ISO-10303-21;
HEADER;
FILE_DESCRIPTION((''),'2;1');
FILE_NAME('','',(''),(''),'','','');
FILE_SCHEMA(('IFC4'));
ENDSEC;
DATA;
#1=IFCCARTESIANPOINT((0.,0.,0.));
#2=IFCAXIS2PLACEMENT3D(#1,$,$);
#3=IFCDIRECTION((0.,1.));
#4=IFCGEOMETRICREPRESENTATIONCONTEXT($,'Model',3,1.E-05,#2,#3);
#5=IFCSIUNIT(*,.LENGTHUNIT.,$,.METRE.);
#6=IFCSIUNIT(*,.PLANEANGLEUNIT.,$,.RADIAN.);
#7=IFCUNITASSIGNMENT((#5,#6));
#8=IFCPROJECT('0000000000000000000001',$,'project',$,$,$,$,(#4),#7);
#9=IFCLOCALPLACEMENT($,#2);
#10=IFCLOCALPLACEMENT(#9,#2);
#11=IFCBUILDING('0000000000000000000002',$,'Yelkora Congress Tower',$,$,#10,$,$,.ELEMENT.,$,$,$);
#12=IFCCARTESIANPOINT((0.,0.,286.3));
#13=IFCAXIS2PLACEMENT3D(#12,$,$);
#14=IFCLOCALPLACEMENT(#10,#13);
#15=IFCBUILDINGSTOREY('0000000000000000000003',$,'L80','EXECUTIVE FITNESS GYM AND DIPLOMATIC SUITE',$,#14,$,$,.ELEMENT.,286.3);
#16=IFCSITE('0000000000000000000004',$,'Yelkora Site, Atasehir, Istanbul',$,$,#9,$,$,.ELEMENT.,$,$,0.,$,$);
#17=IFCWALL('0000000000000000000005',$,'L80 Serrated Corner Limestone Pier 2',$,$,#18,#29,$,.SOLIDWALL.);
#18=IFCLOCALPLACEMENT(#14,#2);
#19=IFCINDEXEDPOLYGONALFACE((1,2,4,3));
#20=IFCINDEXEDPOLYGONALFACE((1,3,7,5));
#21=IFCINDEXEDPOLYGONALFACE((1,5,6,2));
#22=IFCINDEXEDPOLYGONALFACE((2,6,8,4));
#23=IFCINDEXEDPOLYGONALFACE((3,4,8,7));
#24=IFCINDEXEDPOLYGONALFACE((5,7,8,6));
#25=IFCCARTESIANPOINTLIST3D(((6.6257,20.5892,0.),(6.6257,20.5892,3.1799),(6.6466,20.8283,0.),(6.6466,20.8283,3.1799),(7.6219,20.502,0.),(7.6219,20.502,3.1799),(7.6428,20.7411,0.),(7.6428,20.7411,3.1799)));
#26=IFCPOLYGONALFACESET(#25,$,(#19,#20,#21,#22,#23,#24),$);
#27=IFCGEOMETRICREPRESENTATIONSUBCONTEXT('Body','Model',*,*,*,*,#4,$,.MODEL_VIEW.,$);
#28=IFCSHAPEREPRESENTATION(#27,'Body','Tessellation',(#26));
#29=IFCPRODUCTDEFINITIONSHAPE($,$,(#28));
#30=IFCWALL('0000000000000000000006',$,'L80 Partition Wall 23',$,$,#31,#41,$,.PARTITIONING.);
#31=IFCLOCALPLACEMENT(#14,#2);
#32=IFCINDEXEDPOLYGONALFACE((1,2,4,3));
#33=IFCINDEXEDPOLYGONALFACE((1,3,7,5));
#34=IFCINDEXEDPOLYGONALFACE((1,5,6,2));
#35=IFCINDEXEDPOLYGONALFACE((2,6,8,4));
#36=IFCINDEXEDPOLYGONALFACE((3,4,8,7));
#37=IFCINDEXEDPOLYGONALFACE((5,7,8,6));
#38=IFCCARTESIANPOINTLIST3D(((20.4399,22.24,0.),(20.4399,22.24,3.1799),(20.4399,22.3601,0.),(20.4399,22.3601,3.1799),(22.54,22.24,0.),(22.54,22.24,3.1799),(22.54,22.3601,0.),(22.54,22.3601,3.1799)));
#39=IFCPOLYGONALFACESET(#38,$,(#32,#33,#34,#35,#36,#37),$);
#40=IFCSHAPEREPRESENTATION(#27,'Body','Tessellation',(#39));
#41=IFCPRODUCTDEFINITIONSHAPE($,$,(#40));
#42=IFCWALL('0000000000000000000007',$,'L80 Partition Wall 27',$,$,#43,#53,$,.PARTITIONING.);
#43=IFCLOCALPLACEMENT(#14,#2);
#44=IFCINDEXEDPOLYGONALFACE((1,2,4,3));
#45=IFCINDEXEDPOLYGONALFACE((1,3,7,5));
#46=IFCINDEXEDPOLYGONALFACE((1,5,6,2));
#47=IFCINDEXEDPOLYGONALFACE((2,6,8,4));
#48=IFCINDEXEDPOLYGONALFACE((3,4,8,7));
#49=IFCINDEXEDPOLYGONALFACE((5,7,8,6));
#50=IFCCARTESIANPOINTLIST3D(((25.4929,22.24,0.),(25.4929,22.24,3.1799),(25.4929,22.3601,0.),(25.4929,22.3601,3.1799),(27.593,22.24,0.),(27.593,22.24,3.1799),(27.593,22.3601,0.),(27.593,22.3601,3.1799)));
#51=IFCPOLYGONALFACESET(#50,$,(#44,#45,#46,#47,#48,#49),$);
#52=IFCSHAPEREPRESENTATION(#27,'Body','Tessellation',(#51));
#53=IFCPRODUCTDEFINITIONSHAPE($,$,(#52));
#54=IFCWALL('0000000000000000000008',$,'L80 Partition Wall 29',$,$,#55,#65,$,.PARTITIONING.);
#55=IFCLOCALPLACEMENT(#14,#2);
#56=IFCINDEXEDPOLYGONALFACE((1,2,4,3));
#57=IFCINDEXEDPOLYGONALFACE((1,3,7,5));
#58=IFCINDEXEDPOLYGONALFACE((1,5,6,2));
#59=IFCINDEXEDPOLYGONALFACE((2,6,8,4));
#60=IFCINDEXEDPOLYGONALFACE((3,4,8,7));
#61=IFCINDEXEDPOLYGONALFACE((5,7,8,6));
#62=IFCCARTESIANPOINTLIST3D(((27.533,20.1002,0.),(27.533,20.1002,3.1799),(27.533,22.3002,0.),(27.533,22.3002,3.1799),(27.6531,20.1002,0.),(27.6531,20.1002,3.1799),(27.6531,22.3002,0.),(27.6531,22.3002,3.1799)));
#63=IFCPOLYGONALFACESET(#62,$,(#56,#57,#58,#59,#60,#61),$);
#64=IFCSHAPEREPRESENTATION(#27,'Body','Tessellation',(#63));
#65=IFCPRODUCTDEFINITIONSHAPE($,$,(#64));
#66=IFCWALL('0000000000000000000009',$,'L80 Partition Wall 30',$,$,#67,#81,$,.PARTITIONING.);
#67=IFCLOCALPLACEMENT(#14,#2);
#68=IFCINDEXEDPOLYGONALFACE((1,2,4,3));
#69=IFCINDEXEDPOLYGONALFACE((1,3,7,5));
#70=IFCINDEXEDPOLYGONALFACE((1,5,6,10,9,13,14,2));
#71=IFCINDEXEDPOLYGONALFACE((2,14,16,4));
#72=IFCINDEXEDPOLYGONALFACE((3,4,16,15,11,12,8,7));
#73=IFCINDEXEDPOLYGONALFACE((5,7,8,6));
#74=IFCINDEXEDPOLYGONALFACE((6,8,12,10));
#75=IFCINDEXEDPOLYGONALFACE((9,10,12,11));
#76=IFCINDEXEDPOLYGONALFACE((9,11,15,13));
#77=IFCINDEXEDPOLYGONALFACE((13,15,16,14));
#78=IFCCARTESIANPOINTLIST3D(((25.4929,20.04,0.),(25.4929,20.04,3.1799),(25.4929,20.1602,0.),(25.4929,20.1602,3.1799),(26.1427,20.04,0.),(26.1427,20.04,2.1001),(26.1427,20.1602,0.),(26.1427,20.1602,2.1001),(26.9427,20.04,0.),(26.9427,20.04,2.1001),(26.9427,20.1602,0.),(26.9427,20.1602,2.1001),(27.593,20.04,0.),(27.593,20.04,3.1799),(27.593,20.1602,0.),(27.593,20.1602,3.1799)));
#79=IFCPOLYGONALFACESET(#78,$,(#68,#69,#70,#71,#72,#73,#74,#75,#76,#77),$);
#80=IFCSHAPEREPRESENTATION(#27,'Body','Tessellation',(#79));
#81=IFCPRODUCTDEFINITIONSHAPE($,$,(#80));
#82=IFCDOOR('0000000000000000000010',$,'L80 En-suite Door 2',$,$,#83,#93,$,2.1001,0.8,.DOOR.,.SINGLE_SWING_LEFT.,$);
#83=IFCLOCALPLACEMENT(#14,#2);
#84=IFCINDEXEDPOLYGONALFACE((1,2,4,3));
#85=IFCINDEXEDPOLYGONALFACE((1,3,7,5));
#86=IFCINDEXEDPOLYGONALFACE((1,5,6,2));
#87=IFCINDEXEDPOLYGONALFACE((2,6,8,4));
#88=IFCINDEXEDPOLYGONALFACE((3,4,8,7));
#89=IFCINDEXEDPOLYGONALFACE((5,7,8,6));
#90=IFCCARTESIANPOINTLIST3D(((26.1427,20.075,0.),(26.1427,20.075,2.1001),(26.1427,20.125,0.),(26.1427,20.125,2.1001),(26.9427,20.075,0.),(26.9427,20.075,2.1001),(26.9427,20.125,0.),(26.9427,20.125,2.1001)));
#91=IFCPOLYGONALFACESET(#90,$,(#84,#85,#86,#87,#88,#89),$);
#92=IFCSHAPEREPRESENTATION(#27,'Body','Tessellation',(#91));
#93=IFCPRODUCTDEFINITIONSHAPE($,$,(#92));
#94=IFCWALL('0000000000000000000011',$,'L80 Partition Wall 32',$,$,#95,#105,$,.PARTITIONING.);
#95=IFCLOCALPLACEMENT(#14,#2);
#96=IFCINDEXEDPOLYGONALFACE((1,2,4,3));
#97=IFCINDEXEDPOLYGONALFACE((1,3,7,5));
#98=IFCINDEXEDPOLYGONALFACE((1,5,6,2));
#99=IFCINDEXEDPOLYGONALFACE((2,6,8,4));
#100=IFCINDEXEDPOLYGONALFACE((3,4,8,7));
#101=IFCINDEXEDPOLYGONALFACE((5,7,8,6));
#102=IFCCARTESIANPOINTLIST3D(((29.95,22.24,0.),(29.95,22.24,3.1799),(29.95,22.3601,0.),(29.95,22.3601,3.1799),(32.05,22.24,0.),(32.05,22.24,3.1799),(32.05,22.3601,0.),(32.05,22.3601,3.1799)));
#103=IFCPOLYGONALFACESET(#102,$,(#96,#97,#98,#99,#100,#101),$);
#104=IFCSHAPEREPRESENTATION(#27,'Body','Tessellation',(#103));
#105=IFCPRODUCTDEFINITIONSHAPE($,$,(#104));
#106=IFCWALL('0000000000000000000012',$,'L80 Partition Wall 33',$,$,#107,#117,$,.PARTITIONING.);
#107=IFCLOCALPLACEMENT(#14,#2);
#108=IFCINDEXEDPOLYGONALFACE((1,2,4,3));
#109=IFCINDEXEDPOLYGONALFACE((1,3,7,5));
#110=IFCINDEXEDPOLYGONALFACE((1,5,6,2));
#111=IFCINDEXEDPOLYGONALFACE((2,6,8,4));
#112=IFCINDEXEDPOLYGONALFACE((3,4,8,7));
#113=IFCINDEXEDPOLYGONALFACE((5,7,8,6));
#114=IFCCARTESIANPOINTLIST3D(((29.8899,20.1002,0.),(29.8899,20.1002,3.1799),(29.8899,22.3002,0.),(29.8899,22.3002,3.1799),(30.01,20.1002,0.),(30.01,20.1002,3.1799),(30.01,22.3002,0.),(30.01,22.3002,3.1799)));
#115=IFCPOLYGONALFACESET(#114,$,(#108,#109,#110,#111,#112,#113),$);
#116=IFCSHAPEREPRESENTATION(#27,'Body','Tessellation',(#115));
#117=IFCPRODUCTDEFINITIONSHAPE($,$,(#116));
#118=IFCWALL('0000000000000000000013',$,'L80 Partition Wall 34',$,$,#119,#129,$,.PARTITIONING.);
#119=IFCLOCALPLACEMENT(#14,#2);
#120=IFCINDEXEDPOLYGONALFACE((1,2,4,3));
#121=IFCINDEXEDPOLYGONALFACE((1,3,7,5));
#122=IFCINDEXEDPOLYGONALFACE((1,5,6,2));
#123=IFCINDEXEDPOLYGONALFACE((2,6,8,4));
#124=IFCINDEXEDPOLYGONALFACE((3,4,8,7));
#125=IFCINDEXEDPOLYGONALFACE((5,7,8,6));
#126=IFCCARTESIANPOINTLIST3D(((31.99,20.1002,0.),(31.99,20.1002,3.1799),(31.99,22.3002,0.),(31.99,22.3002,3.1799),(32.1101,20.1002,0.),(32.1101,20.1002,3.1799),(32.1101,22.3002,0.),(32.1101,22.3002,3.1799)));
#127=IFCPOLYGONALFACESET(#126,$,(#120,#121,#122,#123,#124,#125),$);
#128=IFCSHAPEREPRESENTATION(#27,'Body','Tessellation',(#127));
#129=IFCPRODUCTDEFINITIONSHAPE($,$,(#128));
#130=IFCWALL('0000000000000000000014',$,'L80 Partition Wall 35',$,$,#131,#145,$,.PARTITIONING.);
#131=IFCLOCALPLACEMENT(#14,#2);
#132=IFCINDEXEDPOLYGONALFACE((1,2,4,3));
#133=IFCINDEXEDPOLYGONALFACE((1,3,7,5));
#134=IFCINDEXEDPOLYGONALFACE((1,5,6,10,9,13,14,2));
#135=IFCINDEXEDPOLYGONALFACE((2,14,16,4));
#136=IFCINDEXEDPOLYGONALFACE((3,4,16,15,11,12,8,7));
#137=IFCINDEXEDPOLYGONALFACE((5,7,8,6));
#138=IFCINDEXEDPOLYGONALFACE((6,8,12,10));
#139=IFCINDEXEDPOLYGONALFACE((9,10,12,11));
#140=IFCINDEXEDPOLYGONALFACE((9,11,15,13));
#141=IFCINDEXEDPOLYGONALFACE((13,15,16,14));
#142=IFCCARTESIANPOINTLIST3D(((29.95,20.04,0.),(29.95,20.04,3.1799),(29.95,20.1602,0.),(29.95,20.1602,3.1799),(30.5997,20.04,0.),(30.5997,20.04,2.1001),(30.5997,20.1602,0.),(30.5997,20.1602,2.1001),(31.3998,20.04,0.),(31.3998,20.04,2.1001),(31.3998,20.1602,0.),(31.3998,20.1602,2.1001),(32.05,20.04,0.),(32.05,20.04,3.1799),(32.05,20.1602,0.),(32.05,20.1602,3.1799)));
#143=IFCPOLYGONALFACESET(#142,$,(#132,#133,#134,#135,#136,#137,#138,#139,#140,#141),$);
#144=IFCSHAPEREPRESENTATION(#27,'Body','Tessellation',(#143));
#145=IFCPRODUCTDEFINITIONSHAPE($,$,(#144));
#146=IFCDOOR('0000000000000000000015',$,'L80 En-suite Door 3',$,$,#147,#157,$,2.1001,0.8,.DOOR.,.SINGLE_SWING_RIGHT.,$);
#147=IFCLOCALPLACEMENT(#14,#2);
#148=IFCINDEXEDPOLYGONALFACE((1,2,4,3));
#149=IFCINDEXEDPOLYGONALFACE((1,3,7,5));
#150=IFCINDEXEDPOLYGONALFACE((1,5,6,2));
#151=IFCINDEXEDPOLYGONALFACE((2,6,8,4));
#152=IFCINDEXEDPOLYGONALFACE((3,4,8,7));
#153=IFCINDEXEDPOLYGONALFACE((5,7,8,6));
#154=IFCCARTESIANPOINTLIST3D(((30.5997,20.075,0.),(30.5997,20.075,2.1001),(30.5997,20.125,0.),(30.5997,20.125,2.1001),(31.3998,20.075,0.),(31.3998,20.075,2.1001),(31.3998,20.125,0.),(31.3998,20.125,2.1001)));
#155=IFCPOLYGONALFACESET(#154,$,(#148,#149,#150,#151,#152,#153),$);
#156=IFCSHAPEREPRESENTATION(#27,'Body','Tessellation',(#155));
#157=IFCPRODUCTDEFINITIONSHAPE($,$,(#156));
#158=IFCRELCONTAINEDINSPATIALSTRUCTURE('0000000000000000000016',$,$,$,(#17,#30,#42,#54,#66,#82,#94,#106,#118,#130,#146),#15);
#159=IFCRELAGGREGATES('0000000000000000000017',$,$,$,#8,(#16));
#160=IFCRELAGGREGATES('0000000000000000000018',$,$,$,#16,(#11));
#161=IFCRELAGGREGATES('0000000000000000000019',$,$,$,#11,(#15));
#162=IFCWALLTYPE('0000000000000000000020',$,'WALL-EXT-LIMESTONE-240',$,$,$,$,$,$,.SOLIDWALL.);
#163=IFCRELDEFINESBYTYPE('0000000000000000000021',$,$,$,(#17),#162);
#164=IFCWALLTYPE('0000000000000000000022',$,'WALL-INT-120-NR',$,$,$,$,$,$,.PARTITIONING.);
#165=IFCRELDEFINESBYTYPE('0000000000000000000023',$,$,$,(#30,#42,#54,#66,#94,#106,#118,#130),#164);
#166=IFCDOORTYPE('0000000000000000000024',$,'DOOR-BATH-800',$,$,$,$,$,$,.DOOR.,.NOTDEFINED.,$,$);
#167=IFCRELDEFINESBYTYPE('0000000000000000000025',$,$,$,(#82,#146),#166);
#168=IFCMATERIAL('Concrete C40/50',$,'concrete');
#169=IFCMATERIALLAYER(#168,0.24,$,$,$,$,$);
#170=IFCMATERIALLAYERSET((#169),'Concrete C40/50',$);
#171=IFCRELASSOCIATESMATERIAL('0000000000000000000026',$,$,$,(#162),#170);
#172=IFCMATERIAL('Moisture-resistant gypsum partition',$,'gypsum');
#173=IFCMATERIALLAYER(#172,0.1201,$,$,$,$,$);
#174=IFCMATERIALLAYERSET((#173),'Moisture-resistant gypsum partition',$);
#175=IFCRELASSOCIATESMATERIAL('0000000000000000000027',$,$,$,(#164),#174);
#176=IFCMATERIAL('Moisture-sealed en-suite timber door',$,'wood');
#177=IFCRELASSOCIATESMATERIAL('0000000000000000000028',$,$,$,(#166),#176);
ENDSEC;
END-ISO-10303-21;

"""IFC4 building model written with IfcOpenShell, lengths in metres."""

from ifc_helpers import new_model, si_unit, direction, frame, frame_2d, origin, place, context, subcontext, project, spatial, rectangle, extrude, material, layer, layer_set, type_object, element, fill, save


model = new_model("IFC4")

# Units and contexts
model_context = context("Model", 3, precision=1e-05, world=origin(), true_north=direction((0.0, 1.0)))
body_context = subcontext(model_context, "Body", "Model", "MODEL_VIEW")
ifc_project = project(units=[si_unit("LENGTHUNIT", "METRE"), si_unit("PLANEANGLEUNIT", "RADIAN")], contexts=[model_context])

# Site, building, storey
site_placement = place(None, origin())
site = spatial("IfcSite", under=ifc_project, at=site_placement, Name="Yelkora Site, Atasehir, Istanbul", CompositionType="ELEMENT", RefElevation=0.0)
building_placement = place(site_placement, origin())
building = spatial("IfcBuilding", under=site, at=building_placement, Name="Yelkora Congress Tower", CompositionType="ELEMENT")
storey_placement = place(building_placement, frame((0.0, 0.0, 286.3)))
storey = spatial("IfcBuildingStorey", under=building, at=storey_placement, Name="L80", Description="EXECUTIVE FITNESS GYM AND DIPLOMATIC SUITE", CompositionType="ELEMENT", Elevation=286.3)

# Walls
ifc_material_1 = material(Name="Concrete C40/50", Category="concrete")
ifc_layer_1 = layer(ifc_material_1, 0.24)
ifc_layer_set_1 = layer_set([ifc_layer_1], Name="Concrete C40/50")
wall_type_1 = type_object("IfcWallType", Name="WALL-EXT-LIMESTONE-240", PredefinedType="SOLIDWALL", material=ifc_layer_set_1)
wall_1_placement = place(storey_placement, frame((7.6323, 20.6216, 0.0), z_axis=(0.0, 0.0, 1.0), x_axis=(-0.996194, 0.087167, 0.0)))
element("IfcWall", 1, at=wall_1_placement, inside=storey, type_object=wall_type_1, Name="L80 Serrated Corner Limestone Pier 2", PredefinedType="SOLIDWALL", context=body_context, shape_type="SweptSolid", body=[
    extrude(rectangle(XDim=1.0, YDim=0.24, at=frame_2d((0.5, 0.0))), origin(), (0.0, 0.0, 1.0), 3.1799),
])
ifc_material_2 = material(Name="Moisture-resistant gypsum partition", Category="gypsum")
ifc_layer_2 = layer(ifc_material_2, 0.1201)
ifc_layer_set_2 = layer_set([ifc_layer_2], Name="Moisture-resistant gypsum partition")
wall_type_2 = type_object("IfcWallType", Name="WALL-INT-120-NR", PredefinedType="PARTITIONING", material=ifc_layer_set_2)
for number, where, z_axis, x_axis, name in (
    (2, (20.4399, 22.3, 0.0), (0.0, 0.0, 1.0), (1.0, 0.0, 0.0), "L80 Partition Wall 23"),
    (3, (25.4929, 22.3, 0.0), (0.0, 0.0, 1.0), (1.0, 0.0, 0.0), "L80 Partition Wall 27"),
):
    element("IfcWall", number, at=place(storey_placement, frame(where, z_axis=z_axis, x_axis=x_axis)), inside=storey, type_object=wall_type_2, Name=name, PredefinedType="PARTITIONING", context=body_context, shape_type="SweptSolid", body=[
        extrude(rectangle(XDim=2.1001, YDim=0.1201, at=frame_2d((1.05, 0.0))), origin(), (0.0, 0.0, 1.0), 3.1799),
    ])
wall_2_placement = place(storey_placement, frame((27.593, 20.1001, 0.0), z_axis=(0.0, 0.0, 1.0), x_axis=(0.0, 1.0, 0.0)))
element("IfcWall", 4, at=wall_2_placement, inside=storey, type_object=wall_type_2, Name="L80 Partition Wall 29", PredefinedType="PARTITIONING", context=body_context, shape_type="SweptSolid", body=[
    extrude(rectangle(XDim=2.2, YDim=0.1201, at=frame_2d((1.1001, 0.0))), origin(), (0.0, 0.0, 1.0), 3.1799),
])

# Wall, opening, door
wall_3_placement = place(storey_placement, frame((25.4929, 20.1001, 0.0), z_axis=(0.0, 0.0, 1.0), x_axis=(1.0, 0.0, 0.0)))
wall_3 = element("IfcWall", 5, at=wall_3_placement, inside=storey, type_object=wall_type_2, Name="L80 Partition Wall 30", PredefinedType="PARTITIONING", context=body_context, shape_type="SweptSolid", body=[
    extrude(rectangle(XDim=2.1001, YDim=0.1201, at=frame_2d((1.05, 0.0))), origin(), (0.0, 0.0, 1.0), 3.1799),
])
opening_1_placement = place(wall_3_placement, frame((0.6499, 0.0, 0.0)))
opening_1 = element("IfcOpeningElement", 6, at=opening_1_placement, cuts=wall_3, PredefinedType="OPENING", context=body_context, shape_type="SweptSolid", body=[
    extrude(rectangle(XDim=0.8, YDim=2.1001, at=frame_2d((0.3999, 1.05))), frame((0.0, 0.0701, 0.0), z_axis=(0.0, -1.0, 0.0), x_axis=(1.0, 0.0, 0.0)), (0.0, 0.0, 1.0), 0.1401),
])
ifc_material_3 = material(Name="Moisture-sealed en-suite timber door", Category="wood")
door_type_1 = type_object("IfcDoorType", Name="DOOR-BATH-800", OperationType="NOTDEFINED", PredefinedType="DOOR", material=ifc_material_3)
door_1_placement = place(opening_1_placement, origin())
door_1 = element("IfcDoor", 7, at=door_1_placement, inside=storey, type_object=door_type_1, Name="L80 En-suite Door 2", OperationType="SINGLE_SWING_LEFT", OverallHeight=2.1001, OverallWidth=0.8, PredefinedType="DOOR", context=body_context, shape_type="SweptSolid", body=[
    extrude(rectangle(XDim=0.8, YDim=2.1001, at=frame_2d((0.3999, 1.05))), frame((0.0, 0.0249, 0.0), z_axis=(0.0, -1.0, 0.0), x_axis=(1.0, 0.0, 0.0)), (0.0, 0.0, 1.0), 0.05),
])
fill(opening_1, door_1)

# Walls
wall_4_placement = place(storey_placement, frame((29.95, 22.3, 0.0), z_axis=(0.0, 0.0, 1.0), x_axis=(1.0, 0.0, 0.0)))
element("IfcWall", 8, at=wall_4_placement, inside=storey, type_object=wall_type_2, Name="L80 Partition Wall 32", PredefinedType="PARTITIONING", context=body_context, shape_type="SweptSolid", body=[
    extrude(rectangle(XDim=2.1001, YDim=0.1201, at=frame_2d((1.05, 0.0))), origin(), (0.0, 0.0, 1.0), 3.1799),
])
for number, where, z_axis, x_axis, name in (
    (9, (29.95, 20.1001, 0.0), (0.0, 0.0, 1.0), (0.0, 1.0, 0.0), "L80 Partition Wall 33"),
    (10, (32.05, 20.1001, 0.0), (0.0, 0.0, 1.0), (0.0, 1.0, 0.0), "L80 Partition Wall 34"),
):
    element("IfcWall", number, at=place(storey_placement, frame(where, z_axis=z_axis, x_axis=x_axis)), inside=storey, type_object=wall_type_2, Name=name, PredefinedType="PARTITIONING", context=body_context, shape_type="SweptSolid", body=[
        extrude(rectangle(XDim=2.2, YDim=0.1201, at=frame_2d((1.1001, 0.0))), origin(), (0.0, 0.0, 1.0), 3.1799),
    ])

# Wall, opening, door
wall_5_placement = place(storey_placement, frame((29.95, 20.1001, 0.0), z_axis=(0.0, 0.0, 1.0), x_axis=(1.0, 0.0, 0.0)))
wall_5 = element("IfcWall", 11, at=wall_5_placement, inside=storey, type_object=wall_type_2, Name="L80 Partition Wall 35", PredefinedType="PARTITIONING", context=body_context, shape_type="SweptSolid", body=[
    extrude(rectangle(XDim=2.1001, YDim=0.1201, at=frame_2d((1.05, 0.0))), origin(), (0.0, 0.0, 1.0), 3.1799),
])
opening_2_placement = place(wall_5_placement, frame((0.6499, 0.0, 0.0)))
opening_2 = element("IfcOpeningElement", 12, at=opening_2_placement, cuts=wall_5, PredefinedType="OPENING", context=body_context, shape_type="SweptSolid", body=[
    extrude(rectangle(XDim=0.8, YDim=2.1001, at=frame_2d((0.3999, 1.05))), frame((0.0, 0.0701, 0.0), z_axis=(0.0, -1.0, 0.0), x_axis=(1.0, 0.0, 0.0)), (0.0, 0.0, 1.0), 0.1401),
])
door_2_placement = place(opening_2_placement, origin())
door_2 = element("IfcDoor", 13, at=door_2_placement, inside=storey, type_object=door_type_1, Name="L80 En-suite Door 3", OperationType="SINGLE_SWING_RIGHT", OverallHeight=2.1001, OverallWidth=0.8, PredefinedType="DOOR", context=body_context, shape_type="SweptSolid", body=[
    extrude(rectangle(XDim=0.8, YDim=2.1001, at=frame_2d((0.3999, 1.05))), frame((0.0, 0.0249, 0.0), z_axis=(0.0, -1.0, 0.0), x_axis=(1.0, 0.0, 0.0)), (0.0, 0.0, 1.0), 0.05),
])
fill(opening_2, door_2)

save(model, "model.ifc")
